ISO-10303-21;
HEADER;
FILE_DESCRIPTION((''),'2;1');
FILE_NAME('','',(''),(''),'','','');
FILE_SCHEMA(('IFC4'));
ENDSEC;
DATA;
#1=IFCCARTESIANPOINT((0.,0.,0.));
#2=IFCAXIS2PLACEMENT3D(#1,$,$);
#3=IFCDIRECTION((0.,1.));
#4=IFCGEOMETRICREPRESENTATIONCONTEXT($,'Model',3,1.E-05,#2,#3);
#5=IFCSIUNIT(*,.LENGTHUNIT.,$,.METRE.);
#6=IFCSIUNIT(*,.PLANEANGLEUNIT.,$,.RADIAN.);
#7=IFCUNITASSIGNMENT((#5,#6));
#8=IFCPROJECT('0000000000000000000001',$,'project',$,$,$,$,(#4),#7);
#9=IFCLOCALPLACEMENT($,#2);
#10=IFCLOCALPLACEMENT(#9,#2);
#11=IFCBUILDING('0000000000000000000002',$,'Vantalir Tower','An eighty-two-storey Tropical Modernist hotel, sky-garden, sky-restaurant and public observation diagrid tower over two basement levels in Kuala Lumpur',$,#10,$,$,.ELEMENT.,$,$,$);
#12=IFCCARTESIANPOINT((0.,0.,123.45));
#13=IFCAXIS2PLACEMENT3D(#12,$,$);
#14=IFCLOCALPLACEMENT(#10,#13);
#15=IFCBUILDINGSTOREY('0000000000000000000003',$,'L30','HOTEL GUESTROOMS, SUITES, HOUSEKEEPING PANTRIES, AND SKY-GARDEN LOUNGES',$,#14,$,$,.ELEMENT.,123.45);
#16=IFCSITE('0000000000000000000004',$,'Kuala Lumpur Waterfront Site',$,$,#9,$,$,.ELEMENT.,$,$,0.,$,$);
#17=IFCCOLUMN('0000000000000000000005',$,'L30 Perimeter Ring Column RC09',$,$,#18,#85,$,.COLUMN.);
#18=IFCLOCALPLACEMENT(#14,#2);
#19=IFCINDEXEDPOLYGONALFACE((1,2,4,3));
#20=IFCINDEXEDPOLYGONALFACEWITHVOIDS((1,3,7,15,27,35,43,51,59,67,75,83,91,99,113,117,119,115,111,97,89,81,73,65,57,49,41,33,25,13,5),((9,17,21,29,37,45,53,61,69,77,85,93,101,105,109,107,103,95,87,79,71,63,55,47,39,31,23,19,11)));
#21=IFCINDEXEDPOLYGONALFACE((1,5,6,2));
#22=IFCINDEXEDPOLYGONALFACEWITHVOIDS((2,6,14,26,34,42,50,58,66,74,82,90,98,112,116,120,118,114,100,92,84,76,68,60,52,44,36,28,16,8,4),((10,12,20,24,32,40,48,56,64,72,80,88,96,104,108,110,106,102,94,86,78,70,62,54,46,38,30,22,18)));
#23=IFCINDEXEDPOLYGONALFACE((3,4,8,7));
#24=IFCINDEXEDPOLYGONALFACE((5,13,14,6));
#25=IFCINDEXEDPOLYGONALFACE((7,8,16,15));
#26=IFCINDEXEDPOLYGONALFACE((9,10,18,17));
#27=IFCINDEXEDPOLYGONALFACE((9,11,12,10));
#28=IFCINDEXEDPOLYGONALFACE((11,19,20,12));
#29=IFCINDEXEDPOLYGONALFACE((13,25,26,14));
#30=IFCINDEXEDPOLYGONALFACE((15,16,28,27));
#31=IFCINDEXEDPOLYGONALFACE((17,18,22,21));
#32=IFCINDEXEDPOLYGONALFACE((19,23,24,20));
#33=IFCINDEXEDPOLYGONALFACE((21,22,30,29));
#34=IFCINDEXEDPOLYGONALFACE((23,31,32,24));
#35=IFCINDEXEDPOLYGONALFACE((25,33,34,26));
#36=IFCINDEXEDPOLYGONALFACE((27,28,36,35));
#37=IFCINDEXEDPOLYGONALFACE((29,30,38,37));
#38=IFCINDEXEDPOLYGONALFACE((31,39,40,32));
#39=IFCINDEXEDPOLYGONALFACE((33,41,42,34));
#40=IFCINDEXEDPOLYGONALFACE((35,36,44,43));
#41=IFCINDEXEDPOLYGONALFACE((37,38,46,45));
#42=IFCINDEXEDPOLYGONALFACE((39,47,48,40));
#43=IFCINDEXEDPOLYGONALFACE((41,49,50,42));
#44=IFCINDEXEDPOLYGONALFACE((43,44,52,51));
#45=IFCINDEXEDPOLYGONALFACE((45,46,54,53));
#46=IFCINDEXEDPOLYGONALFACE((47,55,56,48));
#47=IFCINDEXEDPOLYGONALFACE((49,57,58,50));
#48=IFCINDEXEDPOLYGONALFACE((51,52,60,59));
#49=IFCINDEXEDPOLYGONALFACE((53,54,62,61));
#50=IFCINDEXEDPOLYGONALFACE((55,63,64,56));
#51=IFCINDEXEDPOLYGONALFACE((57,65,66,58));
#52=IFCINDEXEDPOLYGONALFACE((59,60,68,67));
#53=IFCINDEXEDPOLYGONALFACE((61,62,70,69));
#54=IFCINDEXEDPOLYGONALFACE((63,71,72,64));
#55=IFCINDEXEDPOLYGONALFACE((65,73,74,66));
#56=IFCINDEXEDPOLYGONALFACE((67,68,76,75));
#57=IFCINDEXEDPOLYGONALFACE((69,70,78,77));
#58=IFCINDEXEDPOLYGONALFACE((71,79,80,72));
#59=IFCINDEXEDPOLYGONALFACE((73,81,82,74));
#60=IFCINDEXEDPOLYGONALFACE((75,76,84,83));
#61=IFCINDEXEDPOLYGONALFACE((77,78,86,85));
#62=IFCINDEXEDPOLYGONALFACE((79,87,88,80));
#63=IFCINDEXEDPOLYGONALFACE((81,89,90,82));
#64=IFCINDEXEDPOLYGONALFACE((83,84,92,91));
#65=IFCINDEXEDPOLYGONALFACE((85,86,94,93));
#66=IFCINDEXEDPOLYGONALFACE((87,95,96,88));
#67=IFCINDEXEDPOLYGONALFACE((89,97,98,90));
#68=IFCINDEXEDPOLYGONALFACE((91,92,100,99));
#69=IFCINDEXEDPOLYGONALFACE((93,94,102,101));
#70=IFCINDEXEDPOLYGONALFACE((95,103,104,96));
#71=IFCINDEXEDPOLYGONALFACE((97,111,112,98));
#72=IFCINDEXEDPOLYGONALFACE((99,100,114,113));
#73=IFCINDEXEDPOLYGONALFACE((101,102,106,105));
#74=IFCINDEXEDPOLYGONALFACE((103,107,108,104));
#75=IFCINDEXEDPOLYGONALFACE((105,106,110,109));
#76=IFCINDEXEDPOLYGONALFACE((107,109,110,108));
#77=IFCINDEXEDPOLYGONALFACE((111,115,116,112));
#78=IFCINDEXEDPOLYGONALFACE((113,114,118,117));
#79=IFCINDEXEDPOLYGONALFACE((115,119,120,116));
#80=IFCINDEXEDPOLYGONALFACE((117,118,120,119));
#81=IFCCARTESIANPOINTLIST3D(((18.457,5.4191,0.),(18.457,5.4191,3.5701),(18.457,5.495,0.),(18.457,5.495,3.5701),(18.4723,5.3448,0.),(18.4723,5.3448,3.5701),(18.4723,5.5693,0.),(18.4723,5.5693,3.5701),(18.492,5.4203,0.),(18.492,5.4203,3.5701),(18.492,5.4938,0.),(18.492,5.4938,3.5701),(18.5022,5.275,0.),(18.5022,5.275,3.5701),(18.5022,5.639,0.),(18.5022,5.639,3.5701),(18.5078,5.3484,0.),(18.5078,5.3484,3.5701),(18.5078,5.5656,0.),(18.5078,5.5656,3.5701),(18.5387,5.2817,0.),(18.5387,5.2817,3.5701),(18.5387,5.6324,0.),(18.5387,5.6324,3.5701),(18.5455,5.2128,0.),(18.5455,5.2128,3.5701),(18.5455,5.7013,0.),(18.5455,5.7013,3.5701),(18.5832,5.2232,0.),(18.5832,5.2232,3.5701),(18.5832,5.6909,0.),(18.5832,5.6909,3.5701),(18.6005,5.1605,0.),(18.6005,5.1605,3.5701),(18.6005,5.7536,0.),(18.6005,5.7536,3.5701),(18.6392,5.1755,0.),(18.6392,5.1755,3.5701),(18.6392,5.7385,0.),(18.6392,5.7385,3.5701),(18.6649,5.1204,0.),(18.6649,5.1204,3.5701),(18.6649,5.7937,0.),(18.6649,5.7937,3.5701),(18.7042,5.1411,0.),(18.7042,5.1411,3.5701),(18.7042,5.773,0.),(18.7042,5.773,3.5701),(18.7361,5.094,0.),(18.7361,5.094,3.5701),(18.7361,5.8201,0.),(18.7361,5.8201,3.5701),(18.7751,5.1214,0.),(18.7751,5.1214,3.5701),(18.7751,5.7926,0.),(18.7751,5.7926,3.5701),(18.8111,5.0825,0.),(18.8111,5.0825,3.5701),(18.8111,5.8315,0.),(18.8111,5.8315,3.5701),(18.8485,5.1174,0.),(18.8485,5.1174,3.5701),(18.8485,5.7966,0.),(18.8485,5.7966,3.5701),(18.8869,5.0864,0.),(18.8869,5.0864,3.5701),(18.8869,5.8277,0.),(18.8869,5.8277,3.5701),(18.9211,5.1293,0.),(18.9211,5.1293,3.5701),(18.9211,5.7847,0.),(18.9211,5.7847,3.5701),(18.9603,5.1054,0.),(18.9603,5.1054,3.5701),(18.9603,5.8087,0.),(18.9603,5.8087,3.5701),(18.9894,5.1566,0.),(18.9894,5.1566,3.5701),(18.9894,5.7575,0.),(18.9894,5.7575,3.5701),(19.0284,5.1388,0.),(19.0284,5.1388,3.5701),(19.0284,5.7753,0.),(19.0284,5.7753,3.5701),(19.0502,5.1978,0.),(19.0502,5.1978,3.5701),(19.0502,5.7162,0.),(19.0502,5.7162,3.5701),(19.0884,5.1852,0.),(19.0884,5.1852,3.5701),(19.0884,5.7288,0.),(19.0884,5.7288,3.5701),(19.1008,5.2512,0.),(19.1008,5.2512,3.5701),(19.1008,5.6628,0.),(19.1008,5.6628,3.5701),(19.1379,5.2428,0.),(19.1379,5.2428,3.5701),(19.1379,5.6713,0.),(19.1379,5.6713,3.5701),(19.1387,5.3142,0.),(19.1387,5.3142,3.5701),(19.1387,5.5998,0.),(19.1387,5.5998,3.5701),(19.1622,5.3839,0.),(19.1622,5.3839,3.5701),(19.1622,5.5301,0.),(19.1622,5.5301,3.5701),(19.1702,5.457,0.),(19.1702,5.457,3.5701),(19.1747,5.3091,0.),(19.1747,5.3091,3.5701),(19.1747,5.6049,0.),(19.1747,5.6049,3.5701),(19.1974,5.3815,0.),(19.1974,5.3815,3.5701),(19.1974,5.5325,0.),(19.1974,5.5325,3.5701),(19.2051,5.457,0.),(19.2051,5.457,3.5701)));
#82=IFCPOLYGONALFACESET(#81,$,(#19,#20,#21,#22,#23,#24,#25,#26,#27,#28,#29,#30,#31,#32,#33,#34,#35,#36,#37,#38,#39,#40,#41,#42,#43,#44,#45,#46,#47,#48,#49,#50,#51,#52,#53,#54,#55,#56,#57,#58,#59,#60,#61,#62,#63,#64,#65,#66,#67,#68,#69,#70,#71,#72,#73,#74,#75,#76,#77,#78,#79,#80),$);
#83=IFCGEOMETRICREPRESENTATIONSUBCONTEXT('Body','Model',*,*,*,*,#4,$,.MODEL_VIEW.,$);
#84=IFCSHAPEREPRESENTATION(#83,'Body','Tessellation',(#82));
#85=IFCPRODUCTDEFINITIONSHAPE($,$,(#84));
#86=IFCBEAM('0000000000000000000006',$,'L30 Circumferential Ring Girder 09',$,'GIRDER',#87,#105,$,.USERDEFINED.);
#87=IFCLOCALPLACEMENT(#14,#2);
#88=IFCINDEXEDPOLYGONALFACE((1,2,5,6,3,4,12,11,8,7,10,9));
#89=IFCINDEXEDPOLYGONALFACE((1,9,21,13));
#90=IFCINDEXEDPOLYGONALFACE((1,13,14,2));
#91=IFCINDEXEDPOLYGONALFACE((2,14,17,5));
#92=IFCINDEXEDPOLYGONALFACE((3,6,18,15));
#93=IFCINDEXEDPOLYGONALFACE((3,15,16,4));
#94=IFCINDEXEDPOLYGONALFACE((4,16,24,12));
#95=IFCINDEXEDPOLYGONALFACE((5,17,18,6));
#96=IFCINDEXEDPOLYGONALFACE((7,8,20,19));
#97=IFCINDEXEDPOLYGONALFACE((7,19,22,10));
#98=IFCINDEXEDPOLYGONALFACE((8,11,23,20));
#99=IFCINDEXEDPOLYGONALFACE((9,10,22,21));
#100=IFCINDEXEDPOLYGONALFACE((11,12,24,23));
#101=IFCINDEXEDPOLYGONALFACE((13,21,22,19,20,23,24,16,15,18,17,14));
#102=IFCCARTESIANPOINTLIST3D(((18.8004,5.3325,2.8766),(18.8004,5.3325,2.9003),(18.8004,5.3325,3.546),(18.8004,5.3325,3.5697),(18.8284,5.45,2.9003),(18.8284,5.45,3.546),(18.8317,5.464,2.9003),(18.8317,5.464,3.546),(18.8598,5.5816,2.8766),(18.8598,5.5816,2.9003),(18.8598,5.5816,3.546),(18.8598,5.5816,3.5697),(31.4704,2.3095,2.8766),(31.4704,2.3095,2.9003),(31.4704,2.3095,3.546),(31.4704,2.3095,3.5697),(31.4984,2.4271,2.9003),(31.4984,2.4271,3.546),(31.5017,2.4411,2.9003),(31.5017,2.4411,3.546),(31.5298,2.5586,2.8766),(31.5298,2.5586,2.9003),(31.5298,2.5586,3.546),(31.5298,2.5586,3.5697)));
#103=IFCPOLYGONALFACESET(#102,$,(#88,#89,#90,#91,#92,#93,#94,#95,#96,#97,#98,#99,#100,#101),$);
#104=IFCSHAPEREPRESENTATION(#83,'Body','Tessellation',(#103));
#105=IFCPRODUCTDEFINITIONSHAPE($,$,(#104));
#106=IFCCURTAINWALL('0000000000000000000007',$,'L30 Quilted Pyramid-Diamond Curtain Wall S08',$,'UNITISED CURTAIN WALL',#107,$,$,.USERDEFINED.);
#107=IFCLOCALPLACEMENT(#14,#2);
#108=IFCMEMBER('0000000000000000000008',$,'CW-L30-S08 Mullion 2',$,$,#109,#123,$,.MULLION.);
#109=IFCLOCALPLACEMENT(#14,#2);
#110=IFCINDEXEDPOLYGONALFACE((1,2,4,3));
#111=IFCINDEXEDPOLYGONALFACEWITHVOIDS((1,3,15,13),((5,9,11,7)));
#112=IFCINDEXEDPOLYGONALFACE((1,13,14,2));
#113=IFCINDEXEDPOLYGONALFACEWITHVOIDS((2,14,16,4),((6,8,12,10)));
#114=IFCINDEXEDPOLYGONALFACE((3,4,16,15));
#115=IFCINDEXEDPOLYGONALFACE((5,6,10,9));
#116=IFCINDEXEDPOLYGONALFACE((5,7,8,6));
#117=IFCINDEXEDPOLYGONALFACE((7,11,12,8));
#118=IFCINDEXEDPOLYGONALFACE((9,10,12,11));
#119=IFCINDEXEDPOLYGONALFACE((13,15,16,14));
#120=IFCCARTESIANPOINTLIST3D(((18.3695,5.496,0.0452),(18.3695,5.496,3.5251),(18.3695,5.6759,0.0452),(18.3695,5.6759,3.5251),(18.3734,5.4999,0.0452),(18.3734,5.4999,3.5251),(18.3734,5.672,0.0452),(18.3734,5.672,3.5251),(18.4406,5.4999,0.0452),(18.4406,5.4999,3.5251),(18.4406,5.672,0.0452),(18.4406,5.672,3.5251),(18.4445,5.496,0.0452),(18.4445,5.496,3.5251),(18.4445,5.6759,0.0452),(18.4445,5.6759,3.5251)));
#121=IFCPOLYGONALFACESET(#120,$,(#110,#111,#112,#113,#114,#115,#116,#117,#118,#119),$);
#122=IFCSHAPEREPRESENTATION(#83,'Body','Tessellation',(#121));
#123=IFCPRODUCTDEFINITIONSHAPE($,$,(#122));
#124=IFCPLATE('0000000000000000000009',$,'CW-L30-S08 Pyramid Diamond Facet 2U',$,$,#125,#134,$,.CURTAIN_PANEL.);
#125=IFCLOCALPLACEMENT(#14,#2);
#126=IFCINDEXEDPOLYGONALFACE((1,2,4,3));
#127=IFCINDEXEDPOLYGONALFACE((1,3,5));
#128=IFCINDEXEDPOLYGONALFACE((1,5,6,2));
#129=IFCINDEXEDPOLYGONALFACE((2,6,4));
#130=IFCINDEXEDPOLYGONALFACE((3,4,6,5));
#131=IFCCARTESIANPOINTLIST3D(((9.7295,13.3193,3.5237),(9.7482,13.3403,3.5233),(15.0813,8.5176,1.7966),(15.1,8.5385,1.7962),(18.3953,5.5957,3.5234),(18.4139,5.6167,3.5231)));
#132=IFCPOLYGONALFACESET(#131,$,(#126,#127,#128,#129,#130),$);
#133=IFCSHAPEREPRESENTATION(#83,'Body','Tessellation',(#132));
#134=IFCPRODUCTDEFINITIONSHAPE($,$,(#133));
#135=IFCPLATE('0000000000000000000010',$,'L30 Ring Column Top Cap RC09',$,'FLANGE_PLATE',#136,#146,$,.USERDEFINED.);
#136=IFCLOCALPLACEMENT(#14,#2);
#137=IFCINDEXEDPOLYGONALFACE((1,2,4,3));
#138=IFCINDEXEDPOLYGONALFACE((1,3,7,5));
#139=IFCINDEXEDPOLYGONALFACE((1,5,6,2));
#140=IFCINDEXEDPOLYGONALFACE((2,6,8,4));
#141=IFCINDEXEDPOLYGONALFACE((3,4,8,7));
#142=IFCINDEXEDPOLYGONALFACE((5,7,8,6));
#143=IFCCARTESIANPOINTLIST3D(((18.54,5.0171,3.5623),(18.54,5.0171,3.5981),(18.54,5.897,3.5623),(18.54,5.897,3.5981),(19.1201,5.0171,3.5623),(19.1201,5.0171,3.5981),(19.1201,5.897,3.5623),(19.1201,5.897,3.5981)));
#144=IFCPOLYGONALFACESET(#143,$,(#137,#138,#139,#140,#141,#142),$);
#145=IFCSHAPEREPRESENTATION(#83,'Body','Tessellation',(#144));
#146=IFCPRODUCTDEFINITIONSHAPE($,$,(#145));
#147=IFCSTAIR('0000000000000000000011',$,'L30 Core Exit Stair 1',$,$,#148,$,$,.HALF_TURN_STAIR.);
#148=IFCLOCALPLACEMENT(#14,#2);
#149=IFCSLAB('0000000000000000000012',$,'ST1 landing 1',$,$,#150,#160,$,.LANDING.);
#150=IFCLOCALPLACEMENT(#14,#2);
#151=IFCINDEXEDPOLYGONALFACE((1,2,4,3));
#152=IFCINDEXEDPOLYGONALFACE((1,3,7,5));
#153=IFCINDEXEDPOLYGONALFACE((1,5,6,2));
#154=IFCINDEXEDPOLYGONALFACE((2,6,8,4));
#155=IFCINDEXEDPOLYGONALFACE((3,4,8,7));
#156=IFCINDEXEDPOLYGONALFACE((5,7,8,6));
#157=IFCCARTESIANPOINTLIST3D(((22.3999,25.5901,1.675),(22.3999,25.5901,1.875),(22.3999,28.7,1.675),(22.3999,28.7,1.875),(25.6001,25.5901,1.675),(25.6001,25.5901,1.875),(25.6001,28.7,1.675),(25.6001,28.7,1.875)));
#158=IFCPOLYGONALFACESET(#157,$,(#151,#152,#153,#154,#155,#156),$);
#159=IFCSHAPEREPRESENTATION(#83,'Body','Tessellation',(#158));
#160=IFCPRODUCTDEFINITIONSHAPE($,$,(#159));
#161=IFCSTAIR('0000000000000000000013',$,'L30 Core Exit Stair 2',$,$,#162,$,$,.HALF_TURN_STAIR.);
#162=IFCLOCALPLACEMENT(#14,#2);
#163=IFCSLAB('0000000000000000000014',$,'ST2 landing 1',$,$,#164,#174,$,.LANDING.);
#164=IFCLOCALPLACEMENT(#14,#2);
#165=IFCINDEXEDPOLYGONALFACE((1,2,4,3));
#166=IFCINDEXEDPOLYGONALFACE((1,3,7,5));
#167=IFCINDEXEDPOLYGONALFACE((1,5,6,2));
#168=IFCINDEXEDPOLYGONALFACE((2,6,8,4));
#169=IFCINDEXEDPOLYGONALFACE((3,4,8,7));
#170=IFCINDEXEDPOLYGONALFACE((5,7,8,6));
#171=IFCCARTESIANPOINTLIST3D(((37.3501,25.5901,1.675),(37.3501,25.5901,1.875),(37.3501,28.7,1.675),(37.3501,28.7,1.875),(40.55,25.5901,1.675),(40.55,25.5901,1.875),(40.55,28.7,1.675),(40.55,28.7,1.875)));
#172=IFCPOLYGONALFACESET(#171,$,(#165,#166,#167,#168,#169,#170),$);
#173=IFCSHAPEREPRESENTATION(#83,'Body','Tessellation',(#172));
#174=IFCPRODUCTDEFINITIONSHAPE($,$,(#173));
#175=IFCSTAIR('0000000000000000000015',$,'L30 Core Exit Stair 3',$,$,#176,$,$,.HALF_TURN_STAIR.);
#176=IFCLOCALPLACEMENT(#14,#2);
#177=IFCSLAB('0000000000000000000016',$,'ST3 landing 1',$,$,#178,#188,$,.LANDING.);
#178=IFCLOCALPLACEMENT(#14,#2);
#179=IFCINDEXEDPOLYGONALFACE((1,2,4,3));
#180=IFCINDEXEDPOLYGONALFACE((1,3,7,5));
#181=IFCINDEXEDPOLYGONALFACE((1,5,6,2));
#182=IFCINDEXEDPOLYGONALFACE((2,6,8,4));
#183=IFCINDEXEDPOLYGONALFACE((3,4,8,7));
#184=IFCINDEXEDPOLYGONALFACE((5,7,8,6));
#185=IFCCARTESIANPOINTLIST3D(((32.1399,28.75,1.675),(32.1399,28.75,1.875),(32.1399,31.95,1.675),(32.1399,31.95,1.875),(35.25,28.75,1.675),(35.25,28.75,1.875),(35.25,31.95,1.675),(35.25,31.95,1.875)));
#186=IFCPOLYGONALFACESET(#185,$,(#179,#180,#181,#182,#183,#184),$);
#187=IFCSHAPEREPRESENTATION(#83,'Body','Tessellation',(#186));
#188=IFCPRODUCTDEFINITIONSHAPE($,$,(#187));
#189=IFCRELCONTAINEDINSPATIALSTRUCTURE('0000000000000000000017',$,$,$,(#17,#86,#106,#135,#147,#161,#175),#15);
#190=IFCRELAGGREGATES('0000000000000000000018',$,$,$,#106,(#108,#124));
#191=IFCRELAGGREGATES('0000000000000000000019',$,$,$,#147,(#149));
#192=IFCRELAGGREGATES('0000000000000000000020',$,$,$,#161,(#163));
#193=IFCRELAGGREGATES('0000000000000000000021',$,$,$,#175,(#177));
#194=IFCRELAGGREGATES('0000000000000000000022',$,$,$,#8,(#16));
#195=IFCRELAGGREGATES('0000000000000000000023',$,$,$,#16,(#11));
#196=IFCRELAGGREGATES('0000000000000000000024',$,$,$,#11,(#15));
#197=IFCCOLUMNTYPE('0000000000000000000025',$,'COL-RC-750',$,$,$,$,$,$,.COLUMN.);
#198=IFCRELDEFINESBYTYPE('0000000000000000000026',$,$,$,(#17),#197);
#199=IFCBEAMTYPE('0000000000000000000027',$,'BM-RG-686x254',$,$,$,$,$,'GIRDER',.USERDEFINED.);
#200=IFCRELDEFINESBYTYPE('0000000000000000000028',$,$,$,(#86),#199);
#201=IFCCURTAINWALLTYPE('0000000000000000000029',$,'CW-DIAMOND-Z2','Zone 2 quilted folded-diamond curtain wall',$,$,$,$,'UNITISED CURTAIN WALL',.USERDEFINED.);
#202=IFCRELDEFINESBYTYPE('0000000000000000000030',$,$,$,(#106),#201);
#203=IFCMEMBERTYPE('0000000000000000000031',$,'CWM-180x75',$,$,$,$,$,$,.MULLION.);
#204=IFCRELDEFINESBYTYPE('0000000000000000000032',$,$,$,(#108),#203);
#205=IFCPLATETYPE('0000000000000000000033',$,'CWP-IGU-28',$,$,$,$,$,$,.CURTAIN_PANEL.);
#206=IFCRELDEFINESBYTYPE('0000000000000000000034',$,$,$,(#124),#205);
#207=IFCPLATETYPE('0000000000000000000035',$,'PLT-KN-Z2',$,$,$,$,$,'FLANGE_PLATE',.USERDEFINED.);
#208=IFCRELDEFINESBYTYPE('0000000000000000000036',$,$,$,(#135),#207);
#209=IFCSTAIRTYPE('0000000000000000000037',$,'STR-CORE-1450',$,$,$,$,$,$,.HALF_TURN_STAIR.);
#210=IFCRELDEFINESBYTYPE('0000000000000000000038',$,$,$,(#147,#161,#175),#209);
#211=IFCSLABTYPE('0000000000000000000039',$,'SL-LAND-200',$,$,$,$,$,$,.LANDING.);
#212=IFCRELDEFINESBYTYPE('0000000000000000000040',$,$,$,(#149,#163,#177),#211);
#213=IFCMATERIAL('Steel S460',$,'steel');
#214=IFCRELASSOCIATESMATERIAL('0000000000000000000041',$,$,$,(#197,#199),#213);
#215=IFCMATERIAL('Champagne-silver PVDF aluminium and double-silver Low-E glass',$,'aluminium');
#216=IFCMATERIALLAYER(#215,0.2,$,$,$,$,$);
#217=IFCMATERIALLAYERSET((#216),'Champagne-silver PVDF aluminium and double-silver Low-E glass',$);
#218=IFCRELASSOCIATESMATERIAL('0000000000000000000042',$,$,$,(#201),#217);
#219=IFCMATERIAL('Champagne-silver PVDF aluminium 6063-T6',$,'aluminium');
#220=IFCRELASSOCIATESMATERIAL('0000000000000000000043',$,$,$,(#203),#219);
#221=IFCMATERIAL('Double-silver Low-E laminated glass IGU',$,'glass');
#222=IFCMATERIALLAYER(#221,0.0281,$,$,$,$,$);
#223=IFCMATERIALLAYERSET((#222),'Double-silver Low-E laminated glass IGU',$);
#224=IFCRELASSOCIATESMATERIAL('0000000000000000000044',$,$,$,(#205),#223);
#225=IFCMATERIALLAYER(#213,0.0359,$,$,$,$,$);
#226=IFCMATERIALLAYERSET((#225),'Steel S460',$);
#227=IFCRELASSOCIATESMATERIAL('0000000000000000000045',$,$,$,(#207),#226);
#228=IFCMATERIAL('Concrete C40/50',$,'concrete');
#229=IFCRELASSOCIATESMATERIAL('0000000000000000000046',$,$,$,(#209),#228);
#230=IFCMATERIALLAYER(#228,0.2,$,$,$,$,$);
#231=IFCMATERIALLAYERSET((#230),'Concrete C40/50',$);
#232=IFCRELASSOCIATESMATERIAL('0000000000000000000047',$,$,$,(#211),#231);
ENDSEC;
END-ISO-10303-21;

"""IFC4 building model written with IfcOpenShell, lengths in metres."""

from ifc_helpers import new_model, si_unit, direction, frame, origin, origin_2d, place, context, subcontext, project, spatial, polyline, hollow_rectangle, hollow_circle, i_section, outline, extrude, material, layer, layer_set, material_profile, profile_set, type_object, element, aggregate, save


model = new_model("IFC4")

# Units and contexts
model_context = context("Model", 3, precision=1e-05, world=origin(), true_north=direction((0.0, 1.0)))
body_context = subcontext(model_context, "Body", "Model", "MODEL_VIEW")
ifc_project = project(units=[si_unit("LENGTHUNIT", "METRE"), si_unit("PLANEANGLEUNIT", "RADIAN")], contexts=[model_context])

# Site, building, storey
site_placement = place(None, origin())
site = spatial("IfcSite", under=ifc_project, at=site_placement, Name="Kuala Lumpur Waterfront Site", CompositionType="ELEMENT", RefElevation=0.0)
building_placement = place(site_placement, origin())
building = spatial("IfcBuilding", under=site, at=building_placement, Name="Vantalir Tower", Description="An eighty-two-storey Tropical Modernist hotel, sky-garden, sky-restaurant and public observation diagrid tower over two basement levels in Kuala Lumpur", CompositionType="ELEMENT")
storey_placement = place(building_placement, frame((0.0, 0.0, 123.45)))
storey = spatial("IfcBuildingStorey", under=building, at=storey_placement, Name="L30", Description="HOTEL GUESTROOMS, SUITES, HOUSEKEEPING PANTRIES, AND SKY-GARDEN LOUNGES", CompositionType="ELEMENT", Elevation=123.45)

# Column
ifc_material_1 = material(Name="Steel S460", Category="steel")
ifc_material_profile_1 = material_profile(ifc_material_1, hollow_circle(Radius=0.375, WallThickness=0.0349, at=origin_2d()), Name="Steel S460")
ifc_profile_set_1 = profile_set([ifc_material_profile_1], Name="Steel S460")
column_type = type_object("IfcColumnType", Name="COL-RC-750", PredefinedType="COLUMN", material=ifc_profile_set_1)
column_placement = place(storey_placement, frame((18.8301, 5.457, 0.0), z_axis=(0.0, 0.0, 1.0), x_axis=(1.0, 0.0, 0.0)))
element("IfcColumn", 1, at=column_placement, inside=storey, type_object=column_type, Name="L30 Perimeter Ring Column RC09", PredefinedType="COLUMN", context=body_context, shape_type="SweptSolid", body=[
    extrude(hollow_circle(Radius=0.375, WallThickness=0.0349, at=origin_2d()), origin(), (0.0, 0.0, 1.0), 3.5701),
])

# Beam
ifc_material_profile_2 = material_profile(ifc_material_1, i_section(OverallWidth=0.2561, OverallDepth=0.6931, WebThickness=0.0144, FlangeThickness=0.0237, at=origin_2d()), Name="Steel S460")
ifc_profile_set_2 = profile_set([ifc_material_profile_2], Name="Steel S460")
beam_type = type_object("IfcBeamType", Name="BM-RG-686x254", ElementType="GIRDER", PredefinedType="USERDEFINED", material=ifc_profile_set_2)
beam_placement = place(storey_placement, frame((18.8301, 5.457, 3.2231), z_axis=(0.972697, -0.232078, 0.0), x_axis=(0.232078, 0.972697, 0.0)))
element("IfcBeam", 2, at=beam_placement, inside=storey, type_object=beam_type, Name="L30 Circumferential Ring Girder 09", ObjectType="GIRDER", PredefinedType="USERDEFINED", context=body_context, shape_type="SweptSolid", body=[
    extrude(i_section(OverallWidth=0.2561, OverallDepth=0.6931, WebThickness=0.0144, FlangeThickness=0.0237, at=origin_2d()), origin(), (0.0, 0.0, 1.0), 13.0256),
])

# Curtain wall, member, plate
ifc_material_2 = material(Name="Champagne-silver PVDF aluminium and double-silver Low-E glass", Category="aluminium")
ifc_layer_1 = layer(ifc_material_2, 0.2)
ifc_layer_set_1 = layer_set([ifc_layer_1], Name="Champagne-silver PVDF aluminium and double-silver Low-E glass")
curtain_wall_type = type_object("IfcCurtainWallType", Name="CW-DIAMOND-Z2", Description="Zone 2 quilted folded-diamond curtain wall", ElementType="UNITISED CURTAIN WALL", PredefinedType="USERDEFINED", material=ifc_layer_set_1)
curtain_wall_placement = place(storey_placement, origin())
curtain_wall = element("IfcCurtainWall", 3, at=curtain_wall_placement, inside=storey, type_object=curtain_wall_type, Name="L30 Quilted Pyramid-Diamond Curtain Wall S08", ObjectType="UNITISED CURTAIN WALL", PredefinedType="USERDEFINED")
ifc_material_3 = material(Name="Champagne-silver PVDF aluminium 6063-T6", Category="aluminium")
ifc_material_profile_3 = material_profile(ifc_material_3, hollow_rectangle(XDim=0.075, YDim=0.1799, WallThickness=0.0039, at=origin_2d()), Name="Champagne-silver PVDF aluminium 6063-T6")
ifc_profile_set_3 = profile_set([ifc_material_profile_3], Name="Champagne-silver PVDF aluminium 6063-T6")
member_type = type_object("IfcMemberType", Name="CWM-180x75", PredefinedType="MULLION", material=ifc_profile_set_3)
member_placement = place(storey_placement, frame((18.407, 5.5859, 0.0452), z_axis=(0.0, 0.0, 1.0), x_axis=(1.0, 0.0, 0.0)))
member = element("IfcMember", 4, at=member_placement, type_object=member_type, Name="CW-L30-S08 Mullion 2", PredefinedType="MULLION", context=body_context, shape_type="SweptSolid", body=[
    extrude(hollow_rectangle(XDim=0.075, YDim=0.1799, WallThickness=0.0039, at=origin_2d()), origin(), (0.0, 0.0, 1.0), 3.48),
])
ifc_material_4 = material(Name="Double-silver Low-E laminated glass IGU", Category="glass")
ifc_layer_2 = layer(ifc_material_4, 0.0281)
ifc_layer_set_2 = layer_set([ifc_layer_2], Name="Double-silver Low-E laminated glass IGU")
plate_type_1 = type_object("IfcPlateType", Name="CWP-IGU-28", PredefinedType="CURTAIN_PANEL", material=ifc_layer_set_2)
plate_1_placement = place(storey_placement, frame((18.3953, 5.5957, 3.5234), z_axis=(-0.665298, -0.746452, 0.013744), x_axis=(-0.746522, 0.665361, 0.000021)))
plate_1 = element("IfcPlate", 5, at=plate_1_placement, type_object=plate_type_1, Name="CW-L30-S08 Pyramid Diamond Facet 2U", PredefinedType="CURTAIN_PANEL", context=body_context, shape_type="SweptSolid", body=[
    extrude(outline(polyline([(0.0, 0.0), (11.6082, 0.0), (4.418, 1.7271), (0.0, 0.0)])), origin(), (0.0, 0.0, -1.0), 0.0281),
])
aggregate(curtain_wall, [member, plate_1])

# Plate
ifc_layer_3 = layer(ifc_material_1, 0.0359)
ifc_layer_set_3 = layer_set([ifc_layer_3], Name="Steel S460")
plate_type_2 = type_object("IfcPlateType", Name="PLT-KN-Z2", ElementType="FLANGE_PLATE", PredefinedType="USERDEFINED", material=ifc_layer_set_3)
plate_2_placement = place(storey_placement, frame((18.54, 5.897, 3.5981), z_axis=(0.0, 0.0, 1.0), x_axis=(0.0, -1.0, 0.0)))
element("IfcPlate", 6, at=plate_2_placement, inside=storey, type_object=plate_type_2, Name="L30 Ring Column Top Cap RC09", ObjectType="FLANGE_PLATE", PredefinedType="USERDEFINED", context=body_context, shape_type="SweptSolid", body=[
    extrude(outline(polyline([(0.0, 0.0), (0.8799, 0.0), (0.8799, 0.5801), (0.0, 0.5801), (0.0, 0.0)])), origin(), (0.0, 0.0, -1.0), 0.0359),
])

# Stairs, slabs
ifc_material_5 = material(Name="Concrete C40/50", Category="concrete")
stair_type = type_object("IfcStairType", Name="STR-CORE-1450", PredefinedType="HALF_TURN_STAIR", material=ifc_material_5)
stair_1_placement = place(storey_placement, origin())
stair_1 = element("IfcStair", 7, at=stair_1_placement, inside=storey, type_object=stair_type, Name="L30 Core Exit Stair 1", PredefinedType="HALF_TURN_STAIR")
ifc_layer_4 = layer(ifc_material_5, 0.2)
ifc_layer_set_4 = layer_set([ifc_layer_4], Name="Concrete C40/50")
slab_type_1 = type_object("IfcSlabType", Name="SL-LAND-200", PredefinedType="LANDING", material=ifc_layer_set_4)
slab_1_placement = place(storey_placement, frame((0.0, 0.0, 1.675)))
slab_1 = element("IfcSlab", 8, at=slab_1_placement, type_object=slab_type_1, Name="ST1 landing 1", PredefinedType="LANDING", context=body_context, shape_type="SweptSolid", body=[
    extrude(outline(polyline([(25.6001, 25.5901), (25.6001, 28.7), (22.3999, 28.7), (22.3999, 25.5901), (25.6001, 25.5901)])), origin(), (0.0, 0.0, 1.0), 0.2),
])
aggregate(stair_1, [slab_1])
stair_2_placement = place(storey_placement, origin())
stair_2 = element("IfcStair", 9, at=stair_2_placement, inside=storey, type_object=stair_type, Name="L30 Core Exit Stair 2", PredefinedType="HALF_TURN_STAIR")
slab_2_placement = place(storey_placement, frame((0.0, 0.0, 1.675)))
slab_2 = element("IfcSlab", 10, at=slab_2_placement, type_object=slab_type_1, Name="ST2 landing 1", PredefinedType="LANDING", context=body_context, shape_type="SweptSolid", body=[
    extrude(outline(polyline([(40.55, 25.5901), (40.55, 28.7), (37.3501, 28.7), (37.3501, 25.5901), (40.55, 25.5901)])), origin(), (0.0, 0.0, 1.0), 0.2),
])
aggregate(stair_2, [slab_2])
stair_3_placement = place(storey_placement, origin())
stair_3 = element("IfcStair", 11, at=stair_3_placement, inside=storey, type_object=stair_type, Name="L30 Core Exit Stair 3", PredefinedType="HALF_TURN_STAIR")
slab_3_placement = place(storey_placement, frame((0.0, 0.0, 1.675)))
slab_3 = element("IfcSlab", 12, at=slab_3_placement, type_object=slab_type_1, Name="ST3 landing 1", PredefinedType="LANDING", context=body_context, shape_type="SweptSolid", body=[
    extrude(outline(polyline([(32.1399, 28.75), (35.25, 28.75), (35.25, 31.95), (32.1399, 31.95), (32.1399, 28.75)])), origin(), (0.0, 0.0, 1.0), 0.2),
])
aggregate(stair_3, [slab_3])

save(model, "model.ifc")
